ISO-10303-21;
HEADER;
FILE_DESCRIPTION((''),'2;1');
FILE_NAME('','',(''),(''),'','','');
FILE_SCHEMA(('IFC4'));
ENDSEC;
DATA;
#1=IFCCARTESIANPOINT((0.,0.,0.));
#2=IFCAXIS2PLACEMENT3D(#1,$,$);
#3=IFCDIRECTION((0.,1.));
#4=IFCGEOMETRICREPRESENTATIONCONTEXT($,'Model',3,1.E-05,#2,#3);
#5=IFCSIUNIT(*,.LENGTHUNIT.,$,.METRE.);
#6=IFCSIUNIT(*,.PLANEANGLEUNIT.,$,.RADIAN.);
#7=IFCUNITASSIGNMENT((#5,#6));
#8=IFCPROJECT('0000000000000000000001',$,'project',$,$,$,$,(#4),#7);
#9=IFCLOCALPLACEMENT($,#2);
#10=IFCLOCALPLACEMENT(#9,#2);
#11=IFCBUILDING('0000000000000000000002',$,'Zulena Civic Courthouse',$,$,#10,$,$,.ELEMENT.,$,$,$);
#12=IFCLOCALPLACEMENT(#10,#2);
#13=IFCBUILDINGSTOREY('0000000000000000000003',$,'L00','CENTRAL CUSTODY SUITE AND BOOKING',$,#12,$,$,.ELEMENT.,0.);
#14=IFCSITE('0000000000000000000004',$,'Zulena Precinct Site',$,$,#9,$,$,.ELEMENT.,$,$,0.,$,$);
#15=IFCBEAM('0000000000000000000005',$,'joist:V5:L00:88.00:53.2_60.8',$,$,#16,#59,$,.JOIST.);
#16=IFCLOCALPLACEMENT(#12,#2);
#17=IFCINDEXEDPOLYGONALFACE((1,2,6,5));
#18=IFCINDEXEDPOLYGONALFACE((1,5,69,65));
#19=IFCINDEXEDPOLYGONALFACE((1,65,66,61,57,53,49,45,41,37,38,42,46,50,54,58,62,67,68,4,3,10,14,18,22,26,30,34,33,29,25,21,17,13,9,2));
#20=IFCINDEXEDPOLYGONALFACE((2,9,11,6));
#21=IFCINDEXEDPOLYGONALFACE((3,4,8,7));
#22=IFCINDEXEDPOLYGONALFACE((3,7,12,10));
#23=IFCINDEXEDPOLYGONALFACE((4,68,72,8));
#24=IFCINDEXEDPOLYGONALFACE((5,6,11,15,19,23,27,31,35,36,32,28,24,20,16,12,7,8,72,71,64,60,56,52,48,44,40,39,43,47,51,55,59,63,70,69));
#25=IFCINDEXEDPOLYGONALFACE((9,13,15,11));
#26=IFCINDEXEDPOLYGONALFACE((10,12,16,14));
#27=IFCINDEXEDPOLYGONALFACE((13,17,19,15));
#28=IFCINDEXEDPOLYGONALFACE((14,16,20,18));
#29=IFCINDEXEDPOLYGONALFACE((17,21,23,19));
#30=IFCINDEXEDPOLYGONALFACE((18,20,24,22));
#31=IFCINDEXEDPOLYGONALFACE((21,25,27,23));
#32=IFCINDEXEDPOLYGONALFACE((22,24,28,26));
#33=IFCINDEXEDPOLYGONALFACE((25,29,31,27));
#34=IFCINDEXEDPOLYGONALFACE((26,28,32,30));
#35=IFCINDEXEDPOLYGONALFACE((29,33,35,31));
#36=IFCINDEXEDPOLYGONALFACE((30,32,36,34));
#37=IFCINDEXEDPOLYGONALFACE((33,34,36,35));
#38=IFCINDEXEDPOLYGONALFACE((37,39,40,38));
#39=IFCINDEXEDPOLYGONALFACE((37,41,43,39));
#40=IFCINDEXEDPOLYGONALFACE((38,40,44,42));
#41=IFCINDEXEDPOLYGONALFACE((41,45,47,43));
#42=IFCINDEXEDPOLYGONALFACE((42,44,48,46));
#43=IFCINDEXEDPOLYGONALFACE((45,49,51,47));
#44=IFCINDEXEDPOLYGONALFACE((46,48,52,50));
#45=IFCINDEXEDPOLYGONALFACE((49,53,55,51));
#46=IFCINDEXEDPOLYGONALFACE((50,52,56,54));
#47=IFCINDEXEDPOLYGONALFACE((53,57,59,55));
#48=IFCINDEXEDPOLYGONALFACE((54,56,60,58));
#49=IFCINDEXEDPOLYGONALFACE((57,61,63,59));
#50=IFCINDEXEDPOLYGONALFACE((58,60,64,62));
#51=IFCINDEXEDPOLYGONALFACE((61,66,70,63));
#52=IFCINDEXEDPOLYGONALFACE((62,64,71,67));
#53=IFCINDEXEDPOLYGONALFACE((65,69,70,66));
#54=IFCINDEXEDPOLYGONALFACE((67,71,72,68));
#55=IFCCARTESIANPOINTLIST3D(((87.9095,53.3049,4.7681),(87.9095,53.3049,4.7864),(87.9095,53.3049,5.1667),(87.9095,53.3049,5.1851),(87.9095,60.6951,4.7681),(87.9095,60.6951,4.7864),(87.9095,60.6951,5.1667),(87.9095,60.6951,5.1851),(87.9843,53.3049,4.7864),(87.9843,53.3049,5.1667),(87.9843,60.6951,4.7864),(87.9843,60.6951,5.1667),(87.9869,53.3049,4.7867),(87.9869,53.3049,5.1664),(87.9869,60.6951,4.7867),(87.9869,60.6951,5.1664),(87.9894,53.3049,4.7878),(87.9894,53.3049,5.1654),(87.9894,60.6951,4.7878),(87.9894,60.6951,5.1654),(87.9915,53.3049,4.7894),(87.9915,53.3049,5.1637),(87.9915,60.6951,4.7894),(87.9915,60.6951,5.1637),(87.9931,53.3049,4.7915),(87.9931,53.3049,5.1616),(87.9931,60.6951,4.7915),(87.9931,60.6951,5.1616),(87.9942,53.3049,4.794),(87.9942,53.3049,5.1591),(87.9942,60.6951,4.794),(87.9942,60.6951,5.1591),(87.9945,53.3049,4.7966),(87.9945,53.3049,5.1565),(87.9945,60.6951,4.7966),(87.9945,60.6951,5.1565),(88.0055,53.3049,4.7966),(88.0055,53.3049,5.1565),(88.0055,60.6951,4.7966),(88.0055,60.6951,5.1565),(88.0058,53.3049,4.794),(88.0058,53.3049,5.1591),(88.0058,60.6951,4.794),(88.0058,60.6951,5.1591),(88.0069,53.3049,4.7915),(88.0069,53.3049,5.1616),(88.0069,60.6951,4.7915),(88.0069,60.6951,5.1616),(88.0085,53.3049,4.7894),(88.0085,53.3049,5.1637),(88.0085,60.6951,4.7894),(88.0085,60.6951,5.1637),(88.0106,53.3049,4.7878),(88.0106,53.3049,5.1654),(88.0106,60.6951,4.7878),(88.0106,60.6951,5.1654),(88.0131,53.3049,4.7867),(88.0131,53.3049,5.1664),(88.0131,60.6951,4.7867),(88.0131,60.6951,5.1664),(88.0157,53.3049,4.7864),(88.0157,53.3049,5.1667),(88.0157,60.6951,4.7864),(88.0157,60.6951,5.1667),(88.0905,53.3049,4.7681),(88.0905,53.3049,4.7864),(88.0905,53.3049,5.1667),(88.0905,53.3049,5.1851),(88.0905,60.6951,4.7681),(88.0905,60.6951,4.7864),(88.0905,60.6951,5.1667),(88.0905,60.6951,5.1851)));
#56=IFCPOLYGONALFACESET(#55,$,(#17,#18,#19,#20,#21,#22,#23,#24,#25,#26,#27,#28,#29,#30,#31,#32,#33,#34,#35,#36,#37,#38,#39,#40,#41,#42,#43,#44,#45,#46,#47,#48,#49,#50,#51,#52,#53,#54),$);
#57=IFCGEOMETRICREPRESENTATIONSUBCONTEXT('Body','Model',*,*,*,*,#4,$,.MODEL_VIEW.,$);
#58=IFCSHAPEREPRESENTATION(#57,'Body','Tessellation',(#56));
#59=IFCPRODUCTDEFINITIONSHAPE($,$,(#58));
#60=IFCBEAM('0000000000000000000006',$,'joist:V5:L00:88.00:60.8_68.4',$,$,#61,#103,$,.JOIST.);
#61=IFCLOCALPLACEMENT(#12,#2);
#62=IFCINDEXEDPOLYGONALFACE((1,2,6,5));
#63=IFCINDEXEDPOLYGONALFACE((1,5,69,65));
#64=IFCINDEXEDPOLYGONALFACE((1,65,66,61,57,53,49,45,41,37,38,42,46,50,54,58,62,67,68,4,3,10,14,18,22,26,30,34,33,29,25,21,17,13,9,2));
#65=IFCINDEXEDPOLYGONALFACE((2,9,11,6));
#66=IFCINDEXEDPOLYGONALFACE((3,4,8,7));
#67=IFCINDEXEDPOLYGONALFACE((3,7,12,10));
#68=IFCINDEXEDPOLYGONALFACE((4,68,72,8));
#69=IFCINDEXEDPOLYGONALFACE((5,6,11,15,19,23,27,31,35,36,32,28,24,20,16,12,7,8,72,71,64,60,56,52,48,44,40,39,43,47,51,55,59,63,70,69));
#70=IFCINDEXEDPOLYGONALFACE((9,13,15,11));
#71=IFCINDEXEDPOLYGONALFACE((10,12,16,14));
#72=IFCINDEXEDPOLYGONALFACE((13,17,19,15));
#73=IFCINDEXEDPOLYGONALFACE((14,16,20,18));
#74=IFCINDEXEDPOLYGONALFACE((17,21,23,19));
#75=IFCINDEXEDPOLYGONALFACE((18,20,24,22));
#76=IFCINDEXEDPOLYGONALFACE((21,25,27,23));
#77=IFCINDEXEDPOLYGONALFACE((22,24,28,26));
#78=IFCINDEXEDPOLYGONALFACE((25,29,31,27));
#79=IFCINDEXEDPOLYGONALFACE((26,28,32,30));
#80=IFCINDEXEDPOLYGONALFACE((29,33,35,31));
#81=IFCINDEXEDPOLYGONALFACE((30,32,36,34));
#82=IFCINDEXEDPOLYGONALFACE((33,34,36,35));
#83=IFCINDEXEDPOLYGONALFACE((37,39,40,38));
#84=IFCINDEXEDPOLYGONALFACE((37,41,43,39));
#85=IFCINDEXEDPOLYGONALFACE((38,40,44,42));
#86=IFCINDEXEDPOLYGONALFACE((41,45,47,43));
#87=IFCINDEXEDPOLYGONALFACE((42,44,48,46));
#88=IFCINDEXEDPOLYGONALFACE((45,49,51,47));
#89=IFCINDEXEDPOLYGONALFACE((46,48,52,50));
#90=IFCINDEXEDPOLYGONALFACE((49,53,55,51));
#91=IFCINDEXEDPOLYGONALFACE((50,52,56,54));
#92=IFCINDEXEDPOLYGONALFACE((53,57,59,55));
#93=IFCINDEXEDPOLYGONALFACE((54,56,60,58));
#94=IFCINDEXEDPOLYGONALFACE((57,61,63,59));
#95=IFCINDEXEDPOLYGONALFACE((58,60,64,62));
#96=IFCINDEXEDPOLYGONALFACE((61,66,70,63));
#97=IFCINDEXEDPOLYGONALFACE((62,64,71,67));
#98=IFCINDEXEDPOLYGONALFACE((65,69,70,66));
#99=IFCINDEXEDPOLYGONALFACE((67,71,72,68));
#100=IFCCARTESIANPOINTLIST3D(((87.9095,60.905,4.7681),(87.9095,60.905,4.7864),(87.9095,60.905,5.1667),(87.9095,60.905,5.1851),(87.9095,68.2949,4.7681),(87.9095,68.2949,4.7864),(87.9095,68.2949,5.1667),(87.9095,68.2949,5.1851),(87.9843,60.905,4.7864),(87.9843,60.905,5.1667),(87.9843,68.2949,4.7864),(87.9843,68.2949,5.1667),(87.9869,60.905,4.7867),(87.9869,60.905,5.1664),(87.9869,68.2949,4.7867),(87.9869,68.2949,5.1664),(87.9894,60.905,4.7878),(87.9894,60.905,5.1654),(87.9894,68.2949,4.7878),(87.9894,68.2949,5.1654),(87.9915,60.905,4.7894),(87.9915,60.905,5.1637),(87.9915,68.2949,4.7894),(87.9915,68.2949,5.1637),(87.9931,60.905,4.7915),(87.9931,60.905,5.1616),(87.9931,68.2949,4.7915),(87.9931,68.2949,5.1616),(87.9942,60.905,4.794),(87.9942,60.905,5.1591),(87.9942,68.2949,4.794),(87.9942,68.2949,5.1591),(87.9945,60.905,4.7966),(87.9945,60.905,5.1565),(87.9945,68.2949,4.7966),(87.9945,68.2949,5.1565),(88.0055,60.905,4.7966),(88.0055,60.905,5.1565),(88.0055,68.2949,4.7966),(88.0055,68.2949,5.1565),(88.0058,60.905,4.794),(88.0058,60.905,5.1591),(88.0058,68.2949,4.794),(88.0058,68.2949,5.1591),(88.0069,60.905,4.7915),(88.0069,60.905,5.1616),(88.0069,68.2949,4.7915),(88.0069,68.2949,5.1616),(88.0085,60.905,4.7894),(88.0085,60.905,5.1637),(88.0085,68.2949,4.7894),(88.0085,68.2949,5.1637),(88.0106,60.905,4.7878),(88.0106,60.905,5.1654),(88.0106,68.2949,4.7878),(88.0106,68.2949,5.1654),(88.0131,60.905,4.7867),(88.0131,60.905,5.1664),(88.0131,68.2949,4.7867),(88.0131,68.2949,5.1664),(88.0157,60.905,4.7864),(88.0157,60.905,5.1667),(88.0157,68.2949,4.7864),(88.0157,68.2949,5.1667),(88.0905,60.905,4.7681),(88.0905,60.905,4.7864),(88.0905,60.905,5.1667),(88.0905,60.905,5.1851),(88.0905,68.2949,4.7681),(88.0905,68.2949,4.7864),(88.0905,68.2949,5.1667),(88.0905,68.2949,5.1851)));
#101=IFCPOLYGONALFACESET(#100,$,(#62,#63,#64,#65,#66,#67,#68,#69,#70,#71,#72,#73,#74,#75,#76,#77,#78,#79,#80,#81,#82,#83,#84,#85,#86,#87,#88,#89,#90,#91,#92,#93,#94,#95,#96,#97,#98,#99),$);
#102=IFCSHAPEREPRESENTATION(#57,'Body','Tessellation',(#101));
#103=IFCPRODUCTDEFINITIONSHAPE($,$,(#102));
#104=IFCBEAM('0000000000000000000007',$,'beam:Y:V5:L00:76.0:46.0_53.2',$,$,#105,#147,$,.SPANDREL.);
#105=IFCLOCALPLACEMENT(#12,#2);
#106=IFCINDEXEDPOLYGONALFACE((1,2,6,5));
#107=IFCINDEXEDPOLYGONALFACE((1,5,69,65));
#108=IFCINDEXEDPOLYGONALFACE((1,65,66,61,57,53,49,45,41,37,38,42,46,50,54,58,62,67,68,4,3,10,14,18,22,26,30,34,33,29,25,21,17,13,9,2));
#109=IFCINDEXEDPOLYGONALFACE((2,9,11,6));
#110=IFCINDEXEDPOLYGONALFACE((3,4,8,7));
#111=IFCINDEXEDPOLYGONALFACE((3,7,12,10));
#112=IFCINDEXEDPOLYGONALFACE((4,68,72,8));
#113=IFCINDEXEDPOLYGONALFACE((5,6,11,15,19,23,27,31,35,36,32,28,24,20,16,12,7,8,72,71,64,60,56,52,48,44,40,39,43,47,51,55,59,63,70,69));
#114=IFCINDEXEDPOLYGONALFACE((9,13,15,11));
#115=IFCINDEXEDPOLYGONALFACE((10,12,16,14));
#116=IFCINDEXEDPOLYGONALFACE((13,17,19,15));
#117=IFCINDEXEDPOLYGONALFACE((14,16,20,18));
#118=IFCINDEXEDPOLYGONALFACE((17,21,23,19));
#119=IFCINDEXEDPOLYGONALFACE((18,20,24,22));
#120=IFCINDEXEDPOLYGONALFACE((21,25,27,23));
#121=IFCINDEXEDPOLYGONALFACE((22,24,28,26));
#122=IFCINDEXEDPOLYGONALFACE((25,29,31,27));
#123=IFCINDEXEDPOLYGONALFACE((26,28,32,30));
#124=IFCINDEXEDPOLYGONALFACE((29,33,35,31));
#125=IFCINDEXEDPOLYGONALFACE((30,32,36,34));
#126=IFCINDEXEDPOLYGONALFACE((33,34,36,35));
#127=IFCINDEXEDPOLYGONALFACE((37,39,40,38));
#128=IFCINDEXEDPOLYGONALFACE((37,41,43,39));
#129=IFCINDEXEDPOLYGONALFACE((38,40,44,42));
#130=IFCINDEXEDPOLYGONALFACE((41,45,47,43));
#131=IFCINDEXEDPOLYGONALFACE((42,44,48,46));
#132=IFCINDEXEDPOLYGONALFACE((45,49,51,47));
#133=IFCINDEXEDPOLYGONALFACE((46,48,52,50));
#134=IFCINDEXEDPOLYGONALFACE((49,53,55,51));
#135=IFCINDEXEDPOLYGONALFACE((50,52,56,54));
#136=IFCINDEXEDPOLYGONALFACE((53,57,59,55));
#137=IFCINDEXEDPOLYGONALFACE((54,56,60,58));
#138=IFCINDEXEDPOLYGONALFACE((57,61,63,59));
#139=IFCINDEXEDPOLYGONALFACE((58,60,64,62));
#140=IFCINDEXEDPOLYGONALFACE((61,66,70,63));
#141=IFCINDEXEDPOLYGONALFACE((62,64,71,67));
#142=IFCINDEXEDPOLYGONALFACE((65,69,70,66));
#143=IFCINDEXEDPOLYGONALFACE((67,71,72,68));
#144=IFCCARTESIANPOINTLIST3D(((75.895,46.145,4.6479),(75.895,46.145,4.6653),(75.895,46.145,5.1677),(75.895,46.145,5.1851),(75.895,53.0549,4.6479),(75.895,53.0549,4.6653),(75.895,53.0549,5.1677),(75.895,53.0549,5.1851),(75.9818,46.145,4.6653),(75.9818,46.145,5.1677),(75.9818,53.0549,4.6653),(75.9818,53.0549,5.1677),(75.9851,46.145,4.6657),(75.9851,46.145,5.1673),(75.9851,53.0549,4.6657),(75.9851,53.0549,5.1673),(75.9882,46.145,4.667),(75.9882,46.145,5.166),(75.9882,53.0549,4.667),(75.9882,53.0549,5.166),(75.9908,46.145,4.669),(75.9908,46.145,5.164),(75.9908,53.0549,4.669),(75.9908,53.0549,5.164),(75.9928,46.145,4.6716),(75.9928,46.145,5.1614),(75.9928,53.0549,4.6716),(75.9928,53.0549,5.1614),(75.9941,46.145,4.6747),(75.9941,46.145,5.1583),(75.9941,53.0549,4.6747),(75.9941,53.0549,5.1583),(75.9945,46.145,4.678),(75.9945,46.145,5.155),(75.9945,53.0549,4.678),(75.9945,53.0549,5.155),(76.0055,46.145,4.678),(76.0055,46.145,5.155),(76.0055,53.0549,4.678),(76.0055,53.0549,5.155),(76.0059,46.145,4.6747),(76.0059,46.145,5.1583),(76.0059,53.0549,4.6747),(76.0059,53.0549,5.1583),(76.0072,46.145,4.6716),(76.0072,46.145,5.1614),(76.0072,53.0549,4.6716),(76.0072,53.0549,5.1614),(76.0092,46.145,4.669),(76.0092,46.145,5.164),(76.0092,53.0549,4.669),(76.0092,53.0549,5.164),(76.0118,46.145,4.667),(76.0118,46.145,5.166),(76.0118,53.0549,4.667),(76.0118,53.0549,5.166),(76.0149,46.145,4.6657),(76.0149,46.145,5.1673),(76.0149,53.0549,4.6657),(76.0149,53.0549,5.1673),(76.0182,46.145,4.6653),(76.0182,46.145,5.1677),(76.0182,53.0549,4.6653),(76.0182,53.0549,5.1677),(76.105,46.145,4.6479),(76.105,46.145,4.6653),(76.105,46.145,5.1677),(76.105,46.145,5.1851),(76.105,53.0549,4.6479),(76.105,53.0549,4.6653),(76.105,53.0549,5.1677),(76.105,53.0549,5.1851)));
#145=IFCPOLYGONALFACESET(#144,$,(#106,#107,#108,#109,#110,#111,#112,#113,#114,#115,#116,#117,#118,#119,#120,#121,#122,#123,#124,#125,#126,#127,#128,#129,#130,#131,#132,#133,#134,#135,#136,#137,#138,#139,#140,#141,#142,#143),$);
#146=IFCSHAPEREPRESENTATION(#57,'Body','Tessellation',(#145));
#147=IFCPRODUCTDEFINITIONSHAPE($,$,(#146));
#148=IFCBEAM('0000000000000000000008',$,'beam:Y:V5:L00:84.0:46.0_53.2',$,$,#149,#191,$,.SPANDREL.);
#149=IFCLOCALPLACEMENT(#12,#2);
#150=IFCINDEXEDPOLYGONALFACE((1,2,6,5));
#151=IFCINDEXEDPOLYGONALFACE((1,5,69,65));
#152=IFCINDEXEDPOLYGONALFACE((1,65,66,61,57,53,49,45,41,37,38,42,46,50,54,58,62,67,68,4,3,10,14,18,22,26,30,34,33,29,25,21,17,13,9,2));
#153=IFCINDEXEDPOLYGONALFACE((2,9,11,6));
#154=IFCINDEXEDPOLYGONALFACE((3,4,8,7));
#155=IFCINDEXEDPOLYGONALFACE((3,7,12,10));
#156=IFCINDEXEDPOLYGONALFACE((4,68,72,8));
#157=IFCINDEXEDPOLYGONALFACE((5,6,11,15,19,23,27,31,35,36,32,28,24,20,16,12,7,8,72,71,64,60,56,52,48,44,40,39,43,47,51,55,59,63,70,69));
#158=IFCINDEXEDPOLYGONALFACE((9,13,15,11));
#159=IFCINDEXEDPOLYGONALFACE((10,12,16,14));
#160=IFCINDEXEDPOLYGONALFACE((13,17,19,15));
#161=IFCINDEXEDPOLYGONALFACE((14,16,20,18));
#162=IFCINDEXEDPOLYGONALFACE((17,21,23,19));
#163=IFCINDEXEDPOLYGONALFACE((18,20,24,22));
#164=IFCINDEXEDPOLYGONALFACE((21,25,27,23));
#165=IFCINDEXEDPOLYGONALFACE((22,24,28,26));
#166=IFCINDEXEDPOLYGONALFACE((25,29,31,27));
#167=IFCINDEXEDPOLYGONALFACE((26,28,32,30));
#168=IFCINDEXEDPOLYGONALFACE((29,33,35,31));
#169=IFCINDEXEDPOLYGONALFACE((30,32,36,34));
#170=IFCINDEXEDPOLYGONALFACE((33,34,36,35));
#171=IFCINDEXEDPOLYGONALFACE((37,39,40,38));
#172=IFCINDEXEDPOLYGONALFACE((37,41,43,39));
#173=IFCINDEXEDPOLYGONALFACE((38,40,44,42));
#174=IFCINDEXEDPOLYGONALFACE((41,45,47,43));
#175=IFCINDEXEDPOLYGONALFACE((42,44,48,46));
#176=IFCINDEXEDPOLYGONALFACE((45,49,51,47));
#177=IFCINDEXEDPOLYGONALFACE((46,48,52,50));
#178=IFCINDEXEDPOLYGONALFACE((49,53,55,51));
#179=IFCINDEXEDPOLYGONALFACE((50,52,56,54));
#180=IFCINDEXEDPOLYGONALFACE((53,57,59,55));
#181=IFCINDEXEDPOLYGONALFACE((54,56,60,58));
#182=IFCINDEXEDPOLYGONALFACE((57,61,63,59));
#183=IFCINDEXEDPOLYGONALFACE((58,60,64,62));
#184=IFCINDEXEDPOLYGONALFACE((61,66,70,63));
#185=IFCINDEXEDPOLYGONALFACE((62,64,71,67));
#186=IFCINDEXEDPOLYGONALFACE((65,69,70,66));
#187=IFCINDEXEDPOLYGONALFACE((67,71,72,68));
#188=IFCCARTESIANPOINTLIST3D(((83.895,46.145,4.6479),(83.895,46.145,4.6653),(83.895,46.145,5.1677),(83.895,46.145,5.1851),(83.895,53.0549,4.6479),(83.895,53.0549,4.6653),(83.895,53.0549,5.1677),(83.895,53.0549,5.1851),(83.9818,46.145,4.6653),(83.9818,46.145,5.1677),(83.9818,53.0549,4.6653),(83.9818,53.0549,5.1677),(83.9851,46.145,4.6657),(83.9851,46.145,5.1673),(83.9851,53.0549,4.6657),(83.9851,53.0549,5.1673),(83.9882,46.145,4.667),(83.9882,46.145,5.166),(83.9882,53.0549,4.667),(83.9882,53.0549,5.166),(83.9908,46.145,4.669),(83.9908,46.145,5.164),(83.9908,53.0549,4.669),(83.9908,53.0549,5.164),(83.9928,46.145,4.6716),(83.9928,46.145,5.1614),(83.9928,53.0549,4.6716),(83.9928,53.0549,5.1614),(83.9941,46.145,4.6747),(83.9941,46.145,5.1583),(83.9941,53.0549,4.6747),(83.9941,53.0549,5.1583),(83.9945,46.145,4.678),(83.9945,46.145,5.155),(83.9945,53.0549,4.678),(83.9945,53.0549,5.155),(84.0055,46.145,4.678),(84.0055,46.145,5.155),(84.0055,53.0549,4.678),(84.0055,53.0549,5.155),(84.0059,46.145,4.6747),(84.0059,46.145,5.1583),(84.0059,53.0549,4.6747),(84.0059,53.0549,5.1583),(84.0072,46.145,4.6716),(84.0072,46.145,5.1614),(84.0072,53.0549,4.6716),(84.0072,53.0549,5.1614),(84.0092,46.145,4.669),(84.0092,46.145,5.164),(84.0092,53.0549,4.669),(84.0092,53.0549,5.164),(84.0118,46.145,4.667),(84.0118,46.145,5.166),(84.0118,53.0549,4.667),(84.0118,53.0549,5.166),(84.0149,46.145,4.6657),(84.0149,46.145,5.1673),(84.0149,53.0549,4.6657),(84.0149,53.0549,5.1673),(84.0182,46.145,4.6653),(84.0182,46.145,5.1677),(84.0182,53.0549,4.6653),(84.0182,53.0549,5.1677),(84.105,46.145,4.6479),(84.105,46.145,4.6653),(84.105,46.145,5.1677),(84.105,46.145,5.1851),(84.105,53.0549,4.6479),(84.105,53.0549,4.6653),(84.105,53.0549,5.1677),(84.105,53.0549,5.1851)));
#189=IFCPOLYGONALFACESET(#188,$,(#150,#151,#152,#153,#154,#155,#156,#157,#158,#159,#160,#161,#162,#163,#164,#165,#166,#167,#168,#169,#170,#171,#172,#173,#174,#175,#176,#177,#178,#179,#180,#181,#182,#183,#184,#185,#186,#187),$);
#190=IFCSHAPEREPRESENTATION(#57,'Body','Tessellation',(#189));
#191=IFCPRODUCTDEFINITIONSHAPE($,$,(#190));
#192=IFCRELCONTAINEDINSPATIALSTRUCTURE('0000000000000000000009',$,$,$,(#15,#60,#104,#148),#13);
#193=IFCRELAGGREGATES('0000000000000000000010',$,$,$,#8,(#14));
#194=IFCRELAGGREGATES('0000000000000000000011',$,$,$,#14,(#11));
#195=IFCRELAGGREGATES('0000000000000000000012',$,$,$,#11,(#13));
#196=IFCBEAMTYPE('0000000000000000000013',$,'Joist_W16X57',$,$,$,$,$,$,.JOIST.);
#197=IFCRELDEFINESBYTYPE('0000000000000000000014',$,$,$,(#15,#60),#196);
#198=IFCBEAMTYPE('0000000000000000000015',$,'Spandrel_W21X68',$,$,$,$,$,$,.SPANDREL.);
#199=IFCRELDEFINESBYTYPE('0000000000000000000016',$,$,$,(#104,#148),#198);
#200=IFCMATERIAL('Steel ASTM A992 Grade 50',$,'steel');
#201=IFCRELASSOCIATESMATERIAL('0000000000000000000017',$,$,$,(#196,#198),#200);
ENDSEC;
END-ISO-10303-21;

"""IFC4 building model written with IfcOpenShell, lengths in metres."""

from ifc_helpers import new_model, si_unit, direction, frame, origin, origin_2d, place, context, subcontext, project, spatial, i_section, extrude, material, material_profile, profile_set, type_object, element, save


model = new_model("IFC4")

# Units and contexts
model_context = context("Model", 3, precision=1e-05, world=origin(), true_north=direction((0.0, 1.0)))
body_context = subcontext(model_context, "Body", "Model", "MODEL_VIEW")
ifc_project = project(units=[si_unit("LENGTHUNIT", "METRE"), si_unit("PLANEANGLEUNIT", "RADIAN")], contexts=[model_context])

# Site, building, storey
site_placement = place(None, origin())
site = spatial("IfcSite", under=ifc_project, at=site_placement, Name="Zulena Precinct Site", CompositionType="ELEMENT", RefElevation=0.0)
building_placement = place(site_placement, origin())
building = spatial("IfcBuilding", under=site, at=building_placement, Name="Zulena Civic Courthouse", CompositionType="ELEMENT")
storey_placement = place(building_placement, origin())
storey = spatial("IfcBuildingStorey", under=building, at=storey_placement, Name="L00", Description="CENTRAL CUSTODY SUITE AND BOOKING", CompositionType="ELEMENT", Elevation=0.0)

# Shared definitions
ifc_material_1 = material(Name="Steel ASTM A992 Grade 50", Category="steel")

# Beams
ifc_material_profile_1 = material_profile(ifc_material_1, i_section(OverallWidth=0.1809, OverallDepth=0.417, WebThickness=0.011, FlangeThickness=0.0183, FilletRadius=0.0103, at=origin_2d()), Name="W16X57")
ifc_profile_set_1 = profile_set([ifc_material_profile_1], Name="Steel ASTM A992 Grade 50")
beam_type_1 = type_object("IfcBeamType", Name="Joist_W16X57", PredefinedType="JOIST", material=ifc_profile_set_1)
beam_1_placement = place(storey_placement, frame((88.0, 53.3049, 4.9766), z_axis=(0.0, 1.0, 0.0), x_axis=(-1.0, 0.0, 0.0)))
element("IfcBeam", 1, at=beam_1_placement, inside=storey, type_object=beam_type_1, Name="joist:V5:L00:88.00:53.2_60.8", PredefinedType="JOIST", context=body_context, shape_type="SweptSolid", body=[
    extrude(i_section(OverallWidth=0.1809, OverallDepth=0.417, WebThickness=0.011, FlangeThickness=0.0183, FilletRadius=0.0103, at=origin_2d()), origin(), (0.0, 0.0, 1.0), 7.3901),
])
beam_2_placement = place(storey_placement, frame((88.0, 60.905, 4.9766), z_axis=(0.0, 1.0, 0.0), x_axis=(-1.0, 0.0, 0.0)))
element("IfcBeam", 2, at=beam_2_placement, inside=storey, type_object=beam_type_1, Name="joist:V5:L00:88.00:60.8_68.4", PredefinedType="JOIST", context=body_context, shape_type="SweptSolid", body=[
    extrude(i_section(OverallWidth=0.1809, OverallDepth=0.417, WebThickness=0.011, FlangeThickness=0.0183, FilletRadius=0.0103, at=origin_2d()), origin(), (0.0, 0.0, 1.0), 7.3899),
])
ifc_material_profile_2 = material_profile(ifc_material_1, i_section(OverallWidth=0.21, OverallDepth=0.5371, WebThickness=0.011, FlangeThickness=0.0173, FilletRadius=0.0127, at=origin_2d()), Name="W21X68")
ifc_profile_set_2 = profile_set([ifc_material_profile_2], Name="Steel ASTM A992 Grade 50")
beam_type_2 = type_object("IfcBeamType", Name="Spandrel_W21X68", PredefinedType="SPANDREL", material=ifc_profile_set_2)
for number, where, z_axis, x_axis, name in (
    (3, (76.0, 46.145, 4.9165), (0.0, 1.0, 0.0), (-1.0, 0.0, 0.0), "beam:Y:V5:L00:76.0:46.0_53.2"),
    (4, (84.0, 46.145, 4.9165), (0.0, 1.0, 0.0), (-1.0, 0.0, 0.0), "beam:Y:V5:L00:84.0:46.0_53.2"),
):
    element("IfcBeam", number, at=place(storey_placement, frame(where, z_axis=z_axis, x_axis=x_axis)), inside=storey, type_object=beam_type_2, Name=name, PredefinedType="SPANDREL", context=body_context, shape_type="SweptSolid", body=[
        extrude(i_section(OverallWidth=0.21, OverallDepth=0.5371, WebThickness=0.011, FlangeThickness=0.0173, FilletRadius=0.0127, at=origin_2d()), origin(), (0.0, 0.0, 1.0), 6.9099),
    ])

save(model, "model.ifc")
